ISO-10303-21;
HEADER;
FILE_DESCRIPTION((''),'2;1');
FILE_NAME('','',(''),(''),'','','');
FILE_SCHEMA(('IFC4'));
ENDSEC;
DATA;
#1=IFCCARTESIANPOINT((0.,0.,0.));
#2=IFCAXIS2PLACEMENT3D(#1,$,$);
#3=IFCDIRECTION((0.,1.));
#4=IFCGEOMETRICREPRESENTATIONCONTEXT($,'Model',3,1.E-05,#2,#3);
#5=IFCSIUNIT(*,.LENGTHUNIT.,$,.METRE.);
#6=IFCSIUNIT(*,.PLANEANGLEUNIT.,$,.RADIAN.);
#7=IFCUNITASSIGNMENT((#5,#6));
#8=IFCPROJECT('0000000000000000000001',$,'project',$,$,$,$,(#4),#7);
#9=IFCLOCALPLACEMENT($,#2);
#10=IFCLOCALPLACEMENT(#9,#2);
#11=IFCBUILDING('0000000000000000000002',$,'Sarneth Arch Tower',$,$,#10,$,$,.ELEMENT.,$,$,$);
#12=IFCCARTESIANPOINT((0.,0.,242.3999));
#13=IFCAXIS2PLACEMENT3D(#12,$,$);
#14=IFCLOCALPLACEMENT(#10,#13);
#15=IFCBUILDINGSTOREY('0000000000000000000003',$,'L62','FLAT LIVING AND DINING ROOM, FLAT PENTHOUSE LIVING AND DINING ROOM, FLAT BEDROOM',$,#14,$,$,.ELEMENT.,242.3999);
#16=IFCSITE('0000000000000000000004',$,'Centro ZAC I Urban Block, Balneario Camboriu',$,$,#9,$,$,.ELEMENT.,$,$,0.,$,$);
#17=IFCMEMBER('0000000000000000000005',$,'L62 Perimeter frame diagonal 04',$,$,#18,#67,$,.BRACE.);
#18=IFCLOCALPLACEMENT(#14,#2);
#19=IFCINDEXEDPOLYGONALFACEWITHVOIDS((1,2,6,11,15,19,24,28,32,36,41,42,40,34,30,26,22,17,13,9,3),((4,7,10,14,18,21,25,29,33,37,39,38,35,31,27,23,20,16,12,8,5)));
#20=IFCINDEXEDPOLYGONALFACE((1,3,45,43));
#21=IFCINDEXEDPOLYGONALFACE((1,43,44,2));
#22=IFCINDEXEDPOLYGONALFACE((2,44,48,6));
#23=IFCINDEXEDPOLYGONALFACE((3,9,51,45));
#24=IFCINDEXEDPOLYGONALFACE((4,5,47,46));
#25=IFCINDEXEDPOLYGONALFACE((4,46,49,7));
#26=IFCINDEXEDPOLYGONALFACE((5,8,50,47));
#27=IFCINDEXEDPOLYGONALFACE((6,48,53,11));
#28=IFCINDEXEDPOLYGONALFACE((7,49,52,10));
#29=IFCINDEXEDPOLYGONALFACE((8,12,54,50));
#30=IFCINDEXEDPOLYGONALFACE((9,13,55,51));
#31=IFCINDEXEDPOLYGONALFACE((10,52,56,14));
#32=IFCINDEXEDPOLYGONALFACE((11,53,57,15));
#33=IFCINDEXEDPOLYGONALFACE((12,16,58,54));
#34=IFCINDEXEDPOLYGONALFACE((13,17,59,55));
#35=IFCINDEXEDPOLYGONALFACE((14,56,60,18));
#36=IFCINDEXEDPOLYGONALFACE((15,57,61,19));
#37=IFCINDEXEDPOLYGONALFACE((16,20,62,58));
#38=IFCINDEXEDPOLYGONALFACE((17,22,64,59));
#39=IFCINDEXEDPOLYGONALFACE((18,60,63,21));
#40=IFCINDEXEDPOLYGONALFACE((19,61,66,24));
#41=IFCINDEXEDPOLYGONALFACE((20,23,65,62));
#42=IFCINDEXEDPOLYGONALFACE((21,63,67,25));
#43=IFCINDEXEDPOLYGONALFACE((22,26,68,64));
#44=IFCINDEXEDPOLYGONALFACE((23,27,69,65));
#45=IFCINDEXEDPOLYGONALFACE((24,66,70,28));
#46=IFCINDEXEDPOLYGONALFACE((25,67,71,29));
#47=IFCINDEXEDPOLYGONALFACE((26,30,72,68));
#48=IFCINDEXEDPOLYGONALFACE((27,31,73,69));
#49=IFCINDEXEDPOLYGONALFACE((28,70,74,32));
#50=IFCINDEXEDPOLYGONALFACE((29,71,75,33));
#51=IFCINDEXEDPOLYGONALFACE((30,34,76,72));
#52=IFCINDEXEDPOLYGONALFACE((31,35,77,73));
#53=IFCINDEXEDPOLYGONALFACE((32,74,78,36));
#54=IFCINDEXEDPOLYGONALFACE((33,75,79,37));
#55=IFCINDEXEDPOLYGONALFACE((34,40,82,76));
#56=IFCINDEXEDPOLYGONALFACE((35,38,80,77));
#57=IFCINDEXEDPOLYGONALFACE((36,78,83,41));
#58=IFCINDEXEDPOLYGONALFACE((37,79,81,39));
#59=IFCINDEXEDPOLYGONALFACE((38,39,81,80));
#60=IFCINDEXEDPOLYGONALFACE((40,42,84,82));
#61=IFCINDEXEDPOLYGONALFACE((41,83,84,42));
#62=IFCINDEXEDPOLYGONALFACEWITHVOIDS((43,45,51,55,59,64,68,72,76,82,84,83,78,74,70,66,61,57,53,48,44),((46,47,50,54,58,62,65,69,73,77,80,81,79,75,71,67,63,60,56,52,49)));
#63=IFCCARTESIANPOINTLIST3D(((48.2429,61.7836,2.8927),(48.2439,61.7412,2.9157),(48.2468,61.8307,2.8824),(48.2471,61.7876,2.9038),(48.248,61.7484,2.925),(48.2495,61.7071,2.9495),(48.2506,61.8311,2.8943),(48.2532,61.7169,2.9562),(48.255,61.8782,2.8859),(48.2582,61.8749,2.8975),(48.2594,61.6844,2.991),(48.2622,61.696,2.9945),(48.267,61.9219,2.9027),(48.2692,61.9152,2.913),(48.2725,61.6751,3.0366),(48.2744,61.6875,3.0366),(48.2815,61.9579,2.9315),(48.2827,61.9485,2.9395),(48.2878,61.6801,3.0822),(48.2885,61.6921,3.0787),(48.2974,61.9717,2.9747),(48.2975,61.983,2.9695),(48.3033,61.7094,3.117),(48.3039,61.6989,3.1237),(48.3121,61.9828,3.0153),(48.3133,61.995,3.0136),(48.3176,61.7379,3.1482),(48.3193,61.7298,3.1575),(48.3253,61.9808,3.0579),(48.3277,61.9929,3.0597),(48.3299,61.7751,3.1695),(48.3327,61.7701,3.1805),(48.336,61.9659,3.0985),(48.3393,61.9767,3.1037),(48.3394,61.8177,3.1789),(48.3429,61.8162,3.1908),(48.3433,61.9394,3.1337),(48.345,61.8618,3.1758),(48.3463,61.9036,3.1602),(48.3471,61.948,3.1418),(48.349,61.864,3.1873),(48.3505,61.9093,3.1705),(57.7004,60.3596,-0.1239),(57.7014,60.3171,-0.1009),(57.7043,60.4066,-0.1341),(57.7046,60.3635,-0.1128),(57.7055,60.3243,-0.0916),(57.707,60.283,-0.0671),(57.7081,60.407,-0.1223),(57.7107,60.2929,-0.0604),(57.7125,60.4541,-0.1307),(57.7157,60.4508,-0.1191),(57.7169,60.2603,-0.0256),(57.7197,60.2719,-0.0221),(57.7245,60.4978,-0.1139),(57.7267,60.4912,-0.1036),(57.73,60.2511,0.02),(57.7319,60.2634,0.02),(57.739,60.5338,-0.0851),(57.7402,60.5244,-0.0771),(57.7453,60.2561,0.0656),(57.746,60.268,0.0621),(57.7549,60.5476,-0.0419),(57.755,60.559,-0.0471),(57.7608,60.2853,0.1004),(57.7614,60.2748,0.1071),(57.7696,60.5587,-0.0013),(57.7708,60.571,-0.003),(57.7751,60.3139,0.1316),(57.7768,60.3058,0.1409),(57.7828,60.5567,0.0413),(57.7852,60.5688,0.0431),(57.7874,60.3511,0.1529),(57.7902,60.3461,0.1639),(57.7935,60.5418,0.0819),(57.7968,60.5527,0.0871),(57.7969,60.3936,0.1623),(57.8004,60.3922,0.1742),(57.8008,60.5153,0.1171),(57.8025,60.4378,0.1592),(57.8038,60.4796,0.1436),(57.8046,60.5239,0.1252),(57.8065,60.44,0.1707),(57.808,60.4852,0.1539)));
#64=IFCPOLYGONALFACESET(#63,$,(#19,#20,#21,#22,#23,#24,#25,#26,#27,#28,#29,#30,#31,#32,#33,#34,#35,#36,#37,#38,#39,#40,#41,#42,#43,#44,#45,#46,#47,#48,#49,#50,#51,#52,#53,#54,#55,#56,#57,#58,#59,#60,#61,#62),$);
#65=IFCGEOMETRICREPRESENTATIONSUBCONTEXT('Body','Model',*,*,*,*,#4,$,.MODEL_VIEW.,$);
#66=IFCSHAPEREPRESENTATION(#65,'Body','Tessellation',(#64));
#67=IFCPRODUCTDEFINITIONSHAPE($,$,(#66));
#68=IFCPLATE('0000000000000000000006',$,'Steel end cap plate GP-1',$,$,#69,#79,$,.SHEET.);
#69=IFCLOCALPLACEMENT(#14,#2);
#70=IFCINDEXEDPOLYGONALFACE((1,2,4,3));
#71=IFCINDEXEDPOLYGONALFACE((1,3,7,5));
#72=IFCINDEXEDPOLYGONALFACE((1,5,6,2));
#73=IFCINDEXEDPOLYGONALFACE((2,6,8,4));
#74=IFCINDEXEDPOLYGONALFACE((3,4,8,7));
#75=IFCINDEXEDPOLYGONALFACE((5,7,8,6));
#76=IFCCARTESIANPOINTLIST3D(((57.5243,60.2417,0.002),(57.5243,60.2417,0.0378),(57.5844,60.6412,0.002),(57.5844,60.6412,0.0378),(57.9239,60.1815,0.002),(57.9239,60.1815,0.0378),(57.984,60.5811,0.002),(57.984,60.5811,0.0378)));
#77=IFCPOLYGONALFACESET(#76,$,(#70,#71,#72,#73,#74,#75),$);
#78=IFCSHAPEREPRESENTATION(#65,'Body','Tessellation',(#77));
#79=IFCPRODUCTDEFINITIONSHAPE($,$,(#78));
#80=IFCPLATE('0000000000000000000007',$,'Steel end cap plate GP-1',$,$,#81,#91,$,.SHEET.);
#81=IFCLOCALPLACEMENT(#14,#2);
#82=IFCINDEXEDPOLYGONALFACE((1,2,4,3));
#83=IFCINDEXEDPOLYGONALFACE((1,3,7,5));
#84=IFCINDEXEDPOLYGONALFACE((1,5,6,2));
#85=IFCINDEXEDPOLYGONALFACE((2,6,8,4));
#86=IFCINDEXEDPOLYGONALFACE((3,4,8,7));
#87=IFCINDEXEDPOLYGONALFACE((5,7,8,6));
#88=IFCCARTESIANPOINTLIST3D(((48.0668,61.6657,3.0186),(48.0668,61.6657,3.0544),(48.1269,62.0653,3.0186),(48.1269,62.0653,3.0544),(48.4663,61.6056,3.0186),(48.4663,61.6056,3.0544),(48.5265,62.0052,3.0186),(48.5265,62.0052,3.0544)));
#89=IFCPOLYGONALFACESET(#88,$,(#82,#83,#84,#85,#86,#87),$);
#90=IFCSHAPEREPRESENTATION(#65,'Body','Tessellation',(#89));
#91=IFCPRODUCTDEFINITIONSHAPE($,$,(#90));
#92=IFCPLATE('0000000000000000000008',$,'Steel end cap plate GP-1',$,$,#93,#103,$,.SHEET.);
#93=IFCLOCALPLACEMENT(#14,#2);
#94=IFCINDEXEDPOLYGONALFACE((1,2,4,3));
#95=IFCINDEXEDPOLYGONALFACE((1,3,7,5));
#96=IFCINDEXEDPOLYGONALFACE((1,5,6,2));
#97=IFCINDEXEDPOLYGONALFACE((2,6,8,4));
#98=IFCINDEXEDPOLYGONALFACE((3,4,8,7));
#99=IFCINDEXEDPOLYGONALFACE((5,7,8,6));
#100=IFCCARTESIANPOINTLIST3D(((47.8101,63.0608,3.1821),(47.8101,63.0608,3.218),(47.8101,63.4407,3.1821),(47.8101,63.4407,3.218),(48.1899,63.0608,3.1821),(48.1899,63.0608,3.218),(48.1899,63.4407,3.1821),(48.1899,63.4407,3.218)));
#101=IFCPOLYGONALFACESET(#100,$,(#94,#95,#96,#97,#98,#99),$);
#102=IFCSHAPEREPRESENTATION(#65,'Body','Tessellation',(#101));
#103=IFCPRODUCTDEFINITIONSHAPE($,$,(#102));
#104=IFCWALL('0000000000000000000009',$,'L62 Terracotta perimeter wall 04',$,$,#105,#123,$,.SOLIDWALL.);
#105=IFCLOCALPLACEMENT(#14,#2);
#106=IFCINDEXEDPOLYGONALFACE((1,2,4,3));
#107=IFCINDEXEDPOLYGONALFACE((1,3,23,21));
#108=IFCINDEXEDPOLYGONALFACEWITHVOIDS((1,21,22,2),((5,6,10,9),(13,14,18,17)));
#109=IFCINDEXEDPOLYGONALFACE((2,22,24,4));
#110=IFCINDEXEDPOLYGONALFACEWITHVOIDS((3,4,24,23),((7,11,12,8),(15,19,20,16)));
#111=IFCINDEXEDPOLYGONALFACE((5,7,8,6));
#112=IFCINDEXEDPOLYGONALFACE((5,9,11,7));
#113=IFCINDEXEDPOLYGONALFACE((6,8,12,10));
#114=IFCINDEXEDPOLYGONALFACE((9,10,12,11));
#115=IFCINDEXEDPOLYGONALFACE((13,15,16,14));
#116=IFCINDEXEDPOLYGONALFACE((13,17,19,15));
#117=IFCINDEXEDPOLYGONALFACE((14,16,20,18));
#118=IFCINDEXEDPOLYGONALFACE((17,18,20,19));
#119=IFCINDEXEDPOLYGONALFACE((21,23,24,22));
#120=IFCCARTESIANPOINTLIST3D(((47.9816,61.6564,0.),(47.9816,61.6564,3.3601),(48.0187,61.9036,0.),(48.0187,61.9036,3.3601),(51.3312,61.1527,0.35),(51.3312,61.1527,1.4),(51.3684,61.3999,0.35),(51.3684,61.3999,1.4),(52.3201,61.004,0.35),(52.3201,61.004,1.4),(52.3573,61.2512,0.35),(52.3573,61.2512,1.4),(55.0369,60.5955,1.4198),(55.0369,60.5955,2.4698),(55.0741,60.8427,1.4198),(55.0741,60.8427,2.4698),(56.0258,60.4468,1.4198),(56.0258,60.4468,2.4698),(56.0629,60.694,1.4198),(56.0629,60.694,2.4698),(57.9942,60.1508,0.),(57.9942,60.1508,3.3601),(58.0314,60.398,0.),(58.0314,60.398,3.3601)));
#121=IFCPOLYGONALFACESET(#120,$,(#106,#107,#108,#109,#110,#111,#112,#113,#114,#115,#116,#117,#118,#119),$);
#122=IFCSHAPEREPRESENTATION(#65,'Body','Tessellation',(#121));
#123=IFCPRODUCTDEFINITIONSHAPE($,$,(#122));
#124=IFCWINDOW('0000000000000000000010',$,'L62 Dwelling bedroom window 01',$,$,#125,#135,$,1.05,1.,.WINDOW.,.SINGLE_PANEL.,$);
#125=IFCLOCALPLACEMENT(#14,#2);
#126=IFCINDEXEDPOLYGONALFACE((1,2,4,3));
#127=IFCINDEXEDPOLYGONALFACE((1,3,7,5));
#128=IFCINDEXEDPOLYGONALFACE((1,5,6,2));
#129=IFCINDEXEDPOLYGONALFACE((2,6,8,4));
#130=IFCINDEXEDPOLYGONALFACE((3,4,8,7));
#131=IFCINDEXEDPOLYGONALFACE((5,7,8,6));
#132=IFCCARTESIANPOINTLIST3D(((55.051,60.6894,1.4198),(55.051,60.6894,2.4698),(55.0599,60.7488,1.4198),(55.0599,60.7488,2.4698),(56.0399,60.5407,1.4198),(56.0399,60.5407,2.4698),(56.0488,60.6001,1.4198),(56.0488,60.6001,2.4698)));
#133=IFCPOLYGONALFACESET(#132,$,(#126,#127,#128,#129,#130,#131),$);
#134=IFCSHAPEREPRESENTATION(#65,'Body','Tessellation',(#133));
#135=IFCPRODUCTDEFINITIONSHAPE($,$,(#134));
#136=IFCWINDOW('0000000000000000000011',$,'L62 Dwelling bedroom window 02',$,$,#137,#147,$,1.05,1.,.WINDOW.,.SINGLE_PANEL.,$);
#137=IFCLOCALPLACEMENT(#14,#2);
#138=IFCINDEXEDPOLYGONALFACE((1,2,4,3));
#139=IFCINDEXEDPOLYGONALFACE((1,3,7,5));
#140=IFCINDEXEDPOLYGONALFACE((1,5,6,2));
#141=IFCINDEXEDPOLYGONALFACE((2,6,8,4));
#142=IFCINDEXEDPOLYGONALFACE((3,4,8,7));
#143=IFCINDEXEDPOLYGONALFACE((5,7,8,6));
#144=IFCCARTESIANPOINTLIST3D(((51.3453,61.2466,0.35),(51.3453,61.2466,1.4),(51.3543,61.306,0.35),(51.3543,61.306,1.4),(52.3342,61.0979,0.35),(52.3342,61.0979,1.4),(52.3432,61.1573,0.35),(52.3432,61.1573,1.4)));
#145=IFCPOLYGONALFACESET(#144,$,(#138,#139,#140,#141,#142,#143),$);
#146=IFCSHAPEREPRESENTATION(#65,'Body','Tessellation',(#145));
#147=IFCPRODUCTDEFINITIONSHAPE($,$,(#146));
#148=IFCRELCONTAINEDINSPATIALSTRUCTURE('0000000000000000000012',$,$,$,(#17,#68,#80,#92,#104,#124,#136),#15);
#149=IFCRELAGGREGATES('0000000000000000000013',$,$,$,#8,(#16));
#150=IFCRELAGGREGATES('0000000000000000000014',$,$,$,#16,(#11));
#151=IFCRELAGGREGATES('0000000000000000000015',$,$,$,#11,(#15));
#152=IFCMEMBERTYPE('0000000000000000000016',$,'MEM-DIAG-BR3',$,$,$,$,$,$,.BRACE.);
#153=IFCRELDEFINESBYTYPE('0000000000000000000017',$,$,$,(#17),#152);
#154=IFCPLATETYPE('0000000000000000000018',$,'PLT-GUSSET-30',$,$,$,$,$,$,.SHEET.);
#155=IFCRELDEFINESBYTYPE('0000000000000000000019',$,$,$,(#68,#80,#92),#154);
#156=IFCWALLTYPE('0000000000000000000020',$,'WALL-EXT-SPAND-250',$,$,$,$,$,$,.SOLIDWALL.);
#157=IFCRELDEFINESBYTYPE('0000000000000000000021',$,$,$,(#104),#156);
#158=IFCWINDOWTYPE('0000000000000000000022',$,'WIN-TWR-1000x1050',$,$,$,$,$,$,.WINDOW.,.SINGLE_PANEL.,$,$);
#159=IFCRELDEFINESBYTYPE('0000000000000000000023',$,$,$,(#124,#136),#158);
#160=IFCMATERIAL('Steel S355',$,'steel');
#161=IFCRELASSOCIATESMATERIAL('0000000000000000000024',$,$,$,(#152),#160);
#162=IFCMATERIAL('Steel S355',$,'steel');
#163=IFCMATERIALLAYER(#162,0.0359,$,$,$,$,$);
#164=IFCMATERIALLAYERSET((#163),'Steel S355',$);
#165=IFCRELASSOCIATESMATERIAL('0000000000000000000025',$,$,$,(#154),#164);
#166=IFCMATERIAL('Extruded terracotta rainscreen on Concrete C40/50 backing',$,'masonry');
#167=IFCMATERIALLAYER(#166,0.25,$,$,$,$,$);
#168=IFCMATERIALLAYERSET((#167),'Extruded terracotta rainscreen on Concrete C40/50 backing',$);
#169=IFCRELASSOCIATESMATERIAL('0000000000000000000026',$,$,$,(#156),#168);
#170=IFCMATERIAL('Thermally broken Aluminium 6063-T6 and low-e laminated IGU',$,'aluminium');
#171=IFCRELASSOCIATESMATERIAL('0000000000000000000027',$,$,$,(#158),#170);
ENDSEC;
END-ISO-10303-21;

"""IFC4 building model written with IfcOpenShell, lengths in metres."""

from ifc_helpers import new_model, si_unit, direction, frame, frame_2d, origin, origin_2d, place, context, subcontext, project, spatial, rectangle, hollow_circle, extrude, material, layer, layer_set, material_profile, profile_set, type_object, element, fill, save


model = new_model("IFC4")

# Units and contexts
model_context = context("Model", 3, precision=1e-05, world=origin(), true_north=direction((0.0, 1.0)))
body_context = subcontext(model_context, "Body", "Model", "MODEL_VIEW")
ifc_project = project(units=[si_unit("LENGTHUNIT", "METRE"), si_unit("PLANEANGLEUNIT", "RADIAN")], contexts=[model_context])

# Site, building, storey
site_placement = place(None, origin())
site = spatial("IfcSite", under=ifc_project, at=site_placement, Name="Centro ZAC I Urban Block, Balneario Camboriu", CompositionType="ELEMENT", RefElevation=0.0)
building_placement = place(site_placement, origin())
building = spatial("IfcBuilding", under=site, at=building_placement, Name="Sarneth Arch Tower", CompositionType="ELEMENT")
storey_placement = place(building_placement, frame((0.0, 0.0, 242.3999)))
storey = spatial("IfcBuildingStorey", under=building, at=storey_placement, Name="L62", Description="FLAT LIVING AND DINING ROOM, FLAT PENTHOUSE LIVING AND DINING ROOM, FLAT BEDROOM", CompositionType="ELEMENT", Elevation=242.3999)

# Member
ifc_material_1 = material(Name="Steel S355", Category="steel")
ifc_material_profile_1 = material_profile(ifc_material_1, hollow_circle(Radius=0.1621, WallThickness=0.0125, at=origin_2d()), Name="CHS324x12.5")
ifc_profile_set_1 = profile_set([ifc_material_profile_1], Name="Steel S355")
member_type_1 = type_object("IfcMemberType", Name="MEM-DIAG-BR3", PredefinedType="BRACE", material=ifc_profile_set_1)
member_1_placement = place(storey_placement, frame((57.7542, 60.4114, 0.02), z_axis=(-0.943056, 0.142001, 0.3008), x_axis=(-0.148897, -0.988853, 0.0)))
element("IfcMember", 1, at=member_1_placement, inside=storey, type_object=member_type_1, Name="L62 Perimeter frame diagonal 04", PredefinedType="BRACE", context=body_context, shape_type="SweptSolid", body=[
    extrude(hollow_circle(Radius=0.1621, WallThickness=0.0125, at=origin_2d()), origin(), (0.0, 0.0, 1.0), 10.0286),
])

# Plates
ifc_material_2 = material(Name="Steel S355", Category="steel")
ifc_layer_1 = layer(ifc_material_2, 0.0359)
ifc_layer_set_1 = layer_set([ifc_layer_1], Name="Steel S355")
plate_type = type_object("IfcPlateType", Name="PLT-GUSSET-30", PredefinedType="SHEET", material=ifc_layer_set_1)
for number, where, z_axis, x_axis, name in (
    (2, (57.7542, 60.4114, 0.002), (0.0, 0.0, 1.0), (-0.988861, 0.148845, 0.0), "Steel end cap plate GP-1"),
    (3, (48.2966, 61.8354, 3.0186), (0.0, 0.0, 1.0), (-0.988861, 0.148845, 0.0), "Steel end cap plate GP-1"),
):
    element("IfcPlate", number, at=place(storey_placement, frame(where, z_axis=z_axis, x_axis=x_axis)), inside=storey, type_object=plate_type, Name=name, PredefinedType="SHEET", context=body_context, shape_type="SweptSolid", body=[
        extrude(rectangle(XDim=0.4041, YDim=0.4041, at=origin_2d()), origin(), (0.0, 0.0, 1.0), 0.0359),
    ])
plate_placement = place(storey_placement, frame((48.0, 63.2507, 3.1821), z_axis=(0.0, 0.0, 1.0), x_axis=(0.0, 1.0, 0.0)))
element("IfcPlate", 4, at=plate_placement, inside=storey, type_object=plate_type, Name="Steel end cap plate GP-1", PredefinedType="SHEET", context=body_context, shape_type="SweptSolid", body=[
    extrude(rectangle(XDim=0.3799, YDim=0.3799, at=origin_2d()), origin(), (0.0, 0.0, 1.0), 0.0359),
])

# Wall, openings, windows
ifc_material_3 = material(Name="Extruded terracotta rainscreen on Concrete C40/50 backing", Category="masonry")
ifc_layer_2 = layer(ifc_material_3, 0.25)
ifc_layer_set_2 = layer_set([ifc_layer_2], Name="Extruded terracotta rainscreen on Concrete C40/50 backing")
wall_type_1 = type_object("IfcWallType", Name="WALL-EXT-SPAND-250", PredefinedType="SOLIDWALL", material=ifc_layer_set_2)
wall_1_placement = place(storey_placement, frame((58.0127, 60.2744, 0.0), z_axis=(0.0, 0.0, 1.0), x_axis=(-0.988883, 0.148699, 0.0)))
wall_1 = element("IfcWall", 5, at=wall_1_placement, inside=storey, type_object=wall_type_1, Name="L62 Terracotta perimeter wall 04", PredefinedType="SOLIDWALL", context=body_context, shape_type="SweptSolid", body=[
    extrude(rectangle(XDim=10.1252, YDim=0.25, at=frame_2d((5.0625, 0.0))), origin(), (0.0, 0.0, 1.0), 3.3601),
])
opening_1_placement = place(wall_1_placement, frame((1.9905, 0.0, 1.4199)))
opening_1 = element("IfcOpeningElement", 6, at=opening_1_placement, cuts=wall_1, PredefinedType="OPENING", context=body_context, shape_type="SweptSolid", body=[
    extrude(rectangle(XDim=1.0, YDim=1.05, at=frame_2d((0.5, 0.5249))), frame((0.0, 0.135, 0.0), z_axis=(0.0, -1.0, 0.0), x_axis=(1.0, 0.0, 0.0)), (0.0, 0.0, 1.0), 0.27),
])
opening_2_placement = place(wall_1_placement, frame((5.7378, 0.0, 0.3501)))
opening_2 = element("IfcOpeningElement", 7, at=opening_2_placement, cuts=wall_1, PredefinedType="OPENING", context=body_context, shape_type="SweptSolid", body=[
    extrude(rectangle(XDim=1.0, YDim=1.05, at=frame_2d((0.5, 0.5249))), frame((0.0, 0.135, 0.0), z_axis=(0.0, -1.0, 0.0), x_axis=(1.0, 0.0, 0.0)), (0.0, 0.0, 1.0), 0.27),
])
ifc_material_4 = material(Name="Thermally broken Aluminium 6063-T6 and low-e laminated IGU", Category="aluminium")
window_type_1 = type_object("IfcWindowType", Name="WIN-TWR-1000x1050", PartitioningType="SINGLE_PANEL", PredefinedType="WINDOW", material=ifc_material_4)
window_1_placement = place(opening_1_placement, origin())
window_1 = element("IfcWindow", 8, at=window_1_placement, inside=storey, type_object=window_type_1, Name="L62 Dwelling bedroom window 01", OverallHeight=1.05, OverallWidth=1.0, PartitioningType="SINGLE_PANEL", PredefinedType="WINDOW", context=body_context, shape_type="SweptSolid", body=[
    extrude(rectangle(XDim=1.0, YDim=1.05, at=frame_2d((0.5, 0.5249))), frame((0.0, 0.03, 0.0), z_axis=(0.0, -1.0, 0.0), x_axis=(1.0, 0.0, 0.0)), (0.0, 0.0, 1.0), 0.0601),
])
fill(opening_1, window_1)
window_2_placement = place(opening_2_placement, origin())
window_2 = element("IfcWindow", 9, at=window_2_placement, inside=storey, type_object=window_type_1, Name="L62 Dwelling bedroom window 02", OverallHeight=1.05, OverallWidth=1.0, PartitioningType="SINGLE_PANEL", PredefinedType="WINDOW", context=body_context, shape_type="SweptSolid", body=[
    extrude(rectangle(XDim=1.0, YDim=1.05, at=frame_2d((0.5, 0.5249))), frame((0.0, 0.03, 0.0), z_axis=(0.0, -1.0, 0.0), x_axis=(1.0, 0.0, 0.0)), (0.0, 0.0, 1.0), 0.0601),
])
fill(opening_2, window_2)

save(model, "model.ifc")
